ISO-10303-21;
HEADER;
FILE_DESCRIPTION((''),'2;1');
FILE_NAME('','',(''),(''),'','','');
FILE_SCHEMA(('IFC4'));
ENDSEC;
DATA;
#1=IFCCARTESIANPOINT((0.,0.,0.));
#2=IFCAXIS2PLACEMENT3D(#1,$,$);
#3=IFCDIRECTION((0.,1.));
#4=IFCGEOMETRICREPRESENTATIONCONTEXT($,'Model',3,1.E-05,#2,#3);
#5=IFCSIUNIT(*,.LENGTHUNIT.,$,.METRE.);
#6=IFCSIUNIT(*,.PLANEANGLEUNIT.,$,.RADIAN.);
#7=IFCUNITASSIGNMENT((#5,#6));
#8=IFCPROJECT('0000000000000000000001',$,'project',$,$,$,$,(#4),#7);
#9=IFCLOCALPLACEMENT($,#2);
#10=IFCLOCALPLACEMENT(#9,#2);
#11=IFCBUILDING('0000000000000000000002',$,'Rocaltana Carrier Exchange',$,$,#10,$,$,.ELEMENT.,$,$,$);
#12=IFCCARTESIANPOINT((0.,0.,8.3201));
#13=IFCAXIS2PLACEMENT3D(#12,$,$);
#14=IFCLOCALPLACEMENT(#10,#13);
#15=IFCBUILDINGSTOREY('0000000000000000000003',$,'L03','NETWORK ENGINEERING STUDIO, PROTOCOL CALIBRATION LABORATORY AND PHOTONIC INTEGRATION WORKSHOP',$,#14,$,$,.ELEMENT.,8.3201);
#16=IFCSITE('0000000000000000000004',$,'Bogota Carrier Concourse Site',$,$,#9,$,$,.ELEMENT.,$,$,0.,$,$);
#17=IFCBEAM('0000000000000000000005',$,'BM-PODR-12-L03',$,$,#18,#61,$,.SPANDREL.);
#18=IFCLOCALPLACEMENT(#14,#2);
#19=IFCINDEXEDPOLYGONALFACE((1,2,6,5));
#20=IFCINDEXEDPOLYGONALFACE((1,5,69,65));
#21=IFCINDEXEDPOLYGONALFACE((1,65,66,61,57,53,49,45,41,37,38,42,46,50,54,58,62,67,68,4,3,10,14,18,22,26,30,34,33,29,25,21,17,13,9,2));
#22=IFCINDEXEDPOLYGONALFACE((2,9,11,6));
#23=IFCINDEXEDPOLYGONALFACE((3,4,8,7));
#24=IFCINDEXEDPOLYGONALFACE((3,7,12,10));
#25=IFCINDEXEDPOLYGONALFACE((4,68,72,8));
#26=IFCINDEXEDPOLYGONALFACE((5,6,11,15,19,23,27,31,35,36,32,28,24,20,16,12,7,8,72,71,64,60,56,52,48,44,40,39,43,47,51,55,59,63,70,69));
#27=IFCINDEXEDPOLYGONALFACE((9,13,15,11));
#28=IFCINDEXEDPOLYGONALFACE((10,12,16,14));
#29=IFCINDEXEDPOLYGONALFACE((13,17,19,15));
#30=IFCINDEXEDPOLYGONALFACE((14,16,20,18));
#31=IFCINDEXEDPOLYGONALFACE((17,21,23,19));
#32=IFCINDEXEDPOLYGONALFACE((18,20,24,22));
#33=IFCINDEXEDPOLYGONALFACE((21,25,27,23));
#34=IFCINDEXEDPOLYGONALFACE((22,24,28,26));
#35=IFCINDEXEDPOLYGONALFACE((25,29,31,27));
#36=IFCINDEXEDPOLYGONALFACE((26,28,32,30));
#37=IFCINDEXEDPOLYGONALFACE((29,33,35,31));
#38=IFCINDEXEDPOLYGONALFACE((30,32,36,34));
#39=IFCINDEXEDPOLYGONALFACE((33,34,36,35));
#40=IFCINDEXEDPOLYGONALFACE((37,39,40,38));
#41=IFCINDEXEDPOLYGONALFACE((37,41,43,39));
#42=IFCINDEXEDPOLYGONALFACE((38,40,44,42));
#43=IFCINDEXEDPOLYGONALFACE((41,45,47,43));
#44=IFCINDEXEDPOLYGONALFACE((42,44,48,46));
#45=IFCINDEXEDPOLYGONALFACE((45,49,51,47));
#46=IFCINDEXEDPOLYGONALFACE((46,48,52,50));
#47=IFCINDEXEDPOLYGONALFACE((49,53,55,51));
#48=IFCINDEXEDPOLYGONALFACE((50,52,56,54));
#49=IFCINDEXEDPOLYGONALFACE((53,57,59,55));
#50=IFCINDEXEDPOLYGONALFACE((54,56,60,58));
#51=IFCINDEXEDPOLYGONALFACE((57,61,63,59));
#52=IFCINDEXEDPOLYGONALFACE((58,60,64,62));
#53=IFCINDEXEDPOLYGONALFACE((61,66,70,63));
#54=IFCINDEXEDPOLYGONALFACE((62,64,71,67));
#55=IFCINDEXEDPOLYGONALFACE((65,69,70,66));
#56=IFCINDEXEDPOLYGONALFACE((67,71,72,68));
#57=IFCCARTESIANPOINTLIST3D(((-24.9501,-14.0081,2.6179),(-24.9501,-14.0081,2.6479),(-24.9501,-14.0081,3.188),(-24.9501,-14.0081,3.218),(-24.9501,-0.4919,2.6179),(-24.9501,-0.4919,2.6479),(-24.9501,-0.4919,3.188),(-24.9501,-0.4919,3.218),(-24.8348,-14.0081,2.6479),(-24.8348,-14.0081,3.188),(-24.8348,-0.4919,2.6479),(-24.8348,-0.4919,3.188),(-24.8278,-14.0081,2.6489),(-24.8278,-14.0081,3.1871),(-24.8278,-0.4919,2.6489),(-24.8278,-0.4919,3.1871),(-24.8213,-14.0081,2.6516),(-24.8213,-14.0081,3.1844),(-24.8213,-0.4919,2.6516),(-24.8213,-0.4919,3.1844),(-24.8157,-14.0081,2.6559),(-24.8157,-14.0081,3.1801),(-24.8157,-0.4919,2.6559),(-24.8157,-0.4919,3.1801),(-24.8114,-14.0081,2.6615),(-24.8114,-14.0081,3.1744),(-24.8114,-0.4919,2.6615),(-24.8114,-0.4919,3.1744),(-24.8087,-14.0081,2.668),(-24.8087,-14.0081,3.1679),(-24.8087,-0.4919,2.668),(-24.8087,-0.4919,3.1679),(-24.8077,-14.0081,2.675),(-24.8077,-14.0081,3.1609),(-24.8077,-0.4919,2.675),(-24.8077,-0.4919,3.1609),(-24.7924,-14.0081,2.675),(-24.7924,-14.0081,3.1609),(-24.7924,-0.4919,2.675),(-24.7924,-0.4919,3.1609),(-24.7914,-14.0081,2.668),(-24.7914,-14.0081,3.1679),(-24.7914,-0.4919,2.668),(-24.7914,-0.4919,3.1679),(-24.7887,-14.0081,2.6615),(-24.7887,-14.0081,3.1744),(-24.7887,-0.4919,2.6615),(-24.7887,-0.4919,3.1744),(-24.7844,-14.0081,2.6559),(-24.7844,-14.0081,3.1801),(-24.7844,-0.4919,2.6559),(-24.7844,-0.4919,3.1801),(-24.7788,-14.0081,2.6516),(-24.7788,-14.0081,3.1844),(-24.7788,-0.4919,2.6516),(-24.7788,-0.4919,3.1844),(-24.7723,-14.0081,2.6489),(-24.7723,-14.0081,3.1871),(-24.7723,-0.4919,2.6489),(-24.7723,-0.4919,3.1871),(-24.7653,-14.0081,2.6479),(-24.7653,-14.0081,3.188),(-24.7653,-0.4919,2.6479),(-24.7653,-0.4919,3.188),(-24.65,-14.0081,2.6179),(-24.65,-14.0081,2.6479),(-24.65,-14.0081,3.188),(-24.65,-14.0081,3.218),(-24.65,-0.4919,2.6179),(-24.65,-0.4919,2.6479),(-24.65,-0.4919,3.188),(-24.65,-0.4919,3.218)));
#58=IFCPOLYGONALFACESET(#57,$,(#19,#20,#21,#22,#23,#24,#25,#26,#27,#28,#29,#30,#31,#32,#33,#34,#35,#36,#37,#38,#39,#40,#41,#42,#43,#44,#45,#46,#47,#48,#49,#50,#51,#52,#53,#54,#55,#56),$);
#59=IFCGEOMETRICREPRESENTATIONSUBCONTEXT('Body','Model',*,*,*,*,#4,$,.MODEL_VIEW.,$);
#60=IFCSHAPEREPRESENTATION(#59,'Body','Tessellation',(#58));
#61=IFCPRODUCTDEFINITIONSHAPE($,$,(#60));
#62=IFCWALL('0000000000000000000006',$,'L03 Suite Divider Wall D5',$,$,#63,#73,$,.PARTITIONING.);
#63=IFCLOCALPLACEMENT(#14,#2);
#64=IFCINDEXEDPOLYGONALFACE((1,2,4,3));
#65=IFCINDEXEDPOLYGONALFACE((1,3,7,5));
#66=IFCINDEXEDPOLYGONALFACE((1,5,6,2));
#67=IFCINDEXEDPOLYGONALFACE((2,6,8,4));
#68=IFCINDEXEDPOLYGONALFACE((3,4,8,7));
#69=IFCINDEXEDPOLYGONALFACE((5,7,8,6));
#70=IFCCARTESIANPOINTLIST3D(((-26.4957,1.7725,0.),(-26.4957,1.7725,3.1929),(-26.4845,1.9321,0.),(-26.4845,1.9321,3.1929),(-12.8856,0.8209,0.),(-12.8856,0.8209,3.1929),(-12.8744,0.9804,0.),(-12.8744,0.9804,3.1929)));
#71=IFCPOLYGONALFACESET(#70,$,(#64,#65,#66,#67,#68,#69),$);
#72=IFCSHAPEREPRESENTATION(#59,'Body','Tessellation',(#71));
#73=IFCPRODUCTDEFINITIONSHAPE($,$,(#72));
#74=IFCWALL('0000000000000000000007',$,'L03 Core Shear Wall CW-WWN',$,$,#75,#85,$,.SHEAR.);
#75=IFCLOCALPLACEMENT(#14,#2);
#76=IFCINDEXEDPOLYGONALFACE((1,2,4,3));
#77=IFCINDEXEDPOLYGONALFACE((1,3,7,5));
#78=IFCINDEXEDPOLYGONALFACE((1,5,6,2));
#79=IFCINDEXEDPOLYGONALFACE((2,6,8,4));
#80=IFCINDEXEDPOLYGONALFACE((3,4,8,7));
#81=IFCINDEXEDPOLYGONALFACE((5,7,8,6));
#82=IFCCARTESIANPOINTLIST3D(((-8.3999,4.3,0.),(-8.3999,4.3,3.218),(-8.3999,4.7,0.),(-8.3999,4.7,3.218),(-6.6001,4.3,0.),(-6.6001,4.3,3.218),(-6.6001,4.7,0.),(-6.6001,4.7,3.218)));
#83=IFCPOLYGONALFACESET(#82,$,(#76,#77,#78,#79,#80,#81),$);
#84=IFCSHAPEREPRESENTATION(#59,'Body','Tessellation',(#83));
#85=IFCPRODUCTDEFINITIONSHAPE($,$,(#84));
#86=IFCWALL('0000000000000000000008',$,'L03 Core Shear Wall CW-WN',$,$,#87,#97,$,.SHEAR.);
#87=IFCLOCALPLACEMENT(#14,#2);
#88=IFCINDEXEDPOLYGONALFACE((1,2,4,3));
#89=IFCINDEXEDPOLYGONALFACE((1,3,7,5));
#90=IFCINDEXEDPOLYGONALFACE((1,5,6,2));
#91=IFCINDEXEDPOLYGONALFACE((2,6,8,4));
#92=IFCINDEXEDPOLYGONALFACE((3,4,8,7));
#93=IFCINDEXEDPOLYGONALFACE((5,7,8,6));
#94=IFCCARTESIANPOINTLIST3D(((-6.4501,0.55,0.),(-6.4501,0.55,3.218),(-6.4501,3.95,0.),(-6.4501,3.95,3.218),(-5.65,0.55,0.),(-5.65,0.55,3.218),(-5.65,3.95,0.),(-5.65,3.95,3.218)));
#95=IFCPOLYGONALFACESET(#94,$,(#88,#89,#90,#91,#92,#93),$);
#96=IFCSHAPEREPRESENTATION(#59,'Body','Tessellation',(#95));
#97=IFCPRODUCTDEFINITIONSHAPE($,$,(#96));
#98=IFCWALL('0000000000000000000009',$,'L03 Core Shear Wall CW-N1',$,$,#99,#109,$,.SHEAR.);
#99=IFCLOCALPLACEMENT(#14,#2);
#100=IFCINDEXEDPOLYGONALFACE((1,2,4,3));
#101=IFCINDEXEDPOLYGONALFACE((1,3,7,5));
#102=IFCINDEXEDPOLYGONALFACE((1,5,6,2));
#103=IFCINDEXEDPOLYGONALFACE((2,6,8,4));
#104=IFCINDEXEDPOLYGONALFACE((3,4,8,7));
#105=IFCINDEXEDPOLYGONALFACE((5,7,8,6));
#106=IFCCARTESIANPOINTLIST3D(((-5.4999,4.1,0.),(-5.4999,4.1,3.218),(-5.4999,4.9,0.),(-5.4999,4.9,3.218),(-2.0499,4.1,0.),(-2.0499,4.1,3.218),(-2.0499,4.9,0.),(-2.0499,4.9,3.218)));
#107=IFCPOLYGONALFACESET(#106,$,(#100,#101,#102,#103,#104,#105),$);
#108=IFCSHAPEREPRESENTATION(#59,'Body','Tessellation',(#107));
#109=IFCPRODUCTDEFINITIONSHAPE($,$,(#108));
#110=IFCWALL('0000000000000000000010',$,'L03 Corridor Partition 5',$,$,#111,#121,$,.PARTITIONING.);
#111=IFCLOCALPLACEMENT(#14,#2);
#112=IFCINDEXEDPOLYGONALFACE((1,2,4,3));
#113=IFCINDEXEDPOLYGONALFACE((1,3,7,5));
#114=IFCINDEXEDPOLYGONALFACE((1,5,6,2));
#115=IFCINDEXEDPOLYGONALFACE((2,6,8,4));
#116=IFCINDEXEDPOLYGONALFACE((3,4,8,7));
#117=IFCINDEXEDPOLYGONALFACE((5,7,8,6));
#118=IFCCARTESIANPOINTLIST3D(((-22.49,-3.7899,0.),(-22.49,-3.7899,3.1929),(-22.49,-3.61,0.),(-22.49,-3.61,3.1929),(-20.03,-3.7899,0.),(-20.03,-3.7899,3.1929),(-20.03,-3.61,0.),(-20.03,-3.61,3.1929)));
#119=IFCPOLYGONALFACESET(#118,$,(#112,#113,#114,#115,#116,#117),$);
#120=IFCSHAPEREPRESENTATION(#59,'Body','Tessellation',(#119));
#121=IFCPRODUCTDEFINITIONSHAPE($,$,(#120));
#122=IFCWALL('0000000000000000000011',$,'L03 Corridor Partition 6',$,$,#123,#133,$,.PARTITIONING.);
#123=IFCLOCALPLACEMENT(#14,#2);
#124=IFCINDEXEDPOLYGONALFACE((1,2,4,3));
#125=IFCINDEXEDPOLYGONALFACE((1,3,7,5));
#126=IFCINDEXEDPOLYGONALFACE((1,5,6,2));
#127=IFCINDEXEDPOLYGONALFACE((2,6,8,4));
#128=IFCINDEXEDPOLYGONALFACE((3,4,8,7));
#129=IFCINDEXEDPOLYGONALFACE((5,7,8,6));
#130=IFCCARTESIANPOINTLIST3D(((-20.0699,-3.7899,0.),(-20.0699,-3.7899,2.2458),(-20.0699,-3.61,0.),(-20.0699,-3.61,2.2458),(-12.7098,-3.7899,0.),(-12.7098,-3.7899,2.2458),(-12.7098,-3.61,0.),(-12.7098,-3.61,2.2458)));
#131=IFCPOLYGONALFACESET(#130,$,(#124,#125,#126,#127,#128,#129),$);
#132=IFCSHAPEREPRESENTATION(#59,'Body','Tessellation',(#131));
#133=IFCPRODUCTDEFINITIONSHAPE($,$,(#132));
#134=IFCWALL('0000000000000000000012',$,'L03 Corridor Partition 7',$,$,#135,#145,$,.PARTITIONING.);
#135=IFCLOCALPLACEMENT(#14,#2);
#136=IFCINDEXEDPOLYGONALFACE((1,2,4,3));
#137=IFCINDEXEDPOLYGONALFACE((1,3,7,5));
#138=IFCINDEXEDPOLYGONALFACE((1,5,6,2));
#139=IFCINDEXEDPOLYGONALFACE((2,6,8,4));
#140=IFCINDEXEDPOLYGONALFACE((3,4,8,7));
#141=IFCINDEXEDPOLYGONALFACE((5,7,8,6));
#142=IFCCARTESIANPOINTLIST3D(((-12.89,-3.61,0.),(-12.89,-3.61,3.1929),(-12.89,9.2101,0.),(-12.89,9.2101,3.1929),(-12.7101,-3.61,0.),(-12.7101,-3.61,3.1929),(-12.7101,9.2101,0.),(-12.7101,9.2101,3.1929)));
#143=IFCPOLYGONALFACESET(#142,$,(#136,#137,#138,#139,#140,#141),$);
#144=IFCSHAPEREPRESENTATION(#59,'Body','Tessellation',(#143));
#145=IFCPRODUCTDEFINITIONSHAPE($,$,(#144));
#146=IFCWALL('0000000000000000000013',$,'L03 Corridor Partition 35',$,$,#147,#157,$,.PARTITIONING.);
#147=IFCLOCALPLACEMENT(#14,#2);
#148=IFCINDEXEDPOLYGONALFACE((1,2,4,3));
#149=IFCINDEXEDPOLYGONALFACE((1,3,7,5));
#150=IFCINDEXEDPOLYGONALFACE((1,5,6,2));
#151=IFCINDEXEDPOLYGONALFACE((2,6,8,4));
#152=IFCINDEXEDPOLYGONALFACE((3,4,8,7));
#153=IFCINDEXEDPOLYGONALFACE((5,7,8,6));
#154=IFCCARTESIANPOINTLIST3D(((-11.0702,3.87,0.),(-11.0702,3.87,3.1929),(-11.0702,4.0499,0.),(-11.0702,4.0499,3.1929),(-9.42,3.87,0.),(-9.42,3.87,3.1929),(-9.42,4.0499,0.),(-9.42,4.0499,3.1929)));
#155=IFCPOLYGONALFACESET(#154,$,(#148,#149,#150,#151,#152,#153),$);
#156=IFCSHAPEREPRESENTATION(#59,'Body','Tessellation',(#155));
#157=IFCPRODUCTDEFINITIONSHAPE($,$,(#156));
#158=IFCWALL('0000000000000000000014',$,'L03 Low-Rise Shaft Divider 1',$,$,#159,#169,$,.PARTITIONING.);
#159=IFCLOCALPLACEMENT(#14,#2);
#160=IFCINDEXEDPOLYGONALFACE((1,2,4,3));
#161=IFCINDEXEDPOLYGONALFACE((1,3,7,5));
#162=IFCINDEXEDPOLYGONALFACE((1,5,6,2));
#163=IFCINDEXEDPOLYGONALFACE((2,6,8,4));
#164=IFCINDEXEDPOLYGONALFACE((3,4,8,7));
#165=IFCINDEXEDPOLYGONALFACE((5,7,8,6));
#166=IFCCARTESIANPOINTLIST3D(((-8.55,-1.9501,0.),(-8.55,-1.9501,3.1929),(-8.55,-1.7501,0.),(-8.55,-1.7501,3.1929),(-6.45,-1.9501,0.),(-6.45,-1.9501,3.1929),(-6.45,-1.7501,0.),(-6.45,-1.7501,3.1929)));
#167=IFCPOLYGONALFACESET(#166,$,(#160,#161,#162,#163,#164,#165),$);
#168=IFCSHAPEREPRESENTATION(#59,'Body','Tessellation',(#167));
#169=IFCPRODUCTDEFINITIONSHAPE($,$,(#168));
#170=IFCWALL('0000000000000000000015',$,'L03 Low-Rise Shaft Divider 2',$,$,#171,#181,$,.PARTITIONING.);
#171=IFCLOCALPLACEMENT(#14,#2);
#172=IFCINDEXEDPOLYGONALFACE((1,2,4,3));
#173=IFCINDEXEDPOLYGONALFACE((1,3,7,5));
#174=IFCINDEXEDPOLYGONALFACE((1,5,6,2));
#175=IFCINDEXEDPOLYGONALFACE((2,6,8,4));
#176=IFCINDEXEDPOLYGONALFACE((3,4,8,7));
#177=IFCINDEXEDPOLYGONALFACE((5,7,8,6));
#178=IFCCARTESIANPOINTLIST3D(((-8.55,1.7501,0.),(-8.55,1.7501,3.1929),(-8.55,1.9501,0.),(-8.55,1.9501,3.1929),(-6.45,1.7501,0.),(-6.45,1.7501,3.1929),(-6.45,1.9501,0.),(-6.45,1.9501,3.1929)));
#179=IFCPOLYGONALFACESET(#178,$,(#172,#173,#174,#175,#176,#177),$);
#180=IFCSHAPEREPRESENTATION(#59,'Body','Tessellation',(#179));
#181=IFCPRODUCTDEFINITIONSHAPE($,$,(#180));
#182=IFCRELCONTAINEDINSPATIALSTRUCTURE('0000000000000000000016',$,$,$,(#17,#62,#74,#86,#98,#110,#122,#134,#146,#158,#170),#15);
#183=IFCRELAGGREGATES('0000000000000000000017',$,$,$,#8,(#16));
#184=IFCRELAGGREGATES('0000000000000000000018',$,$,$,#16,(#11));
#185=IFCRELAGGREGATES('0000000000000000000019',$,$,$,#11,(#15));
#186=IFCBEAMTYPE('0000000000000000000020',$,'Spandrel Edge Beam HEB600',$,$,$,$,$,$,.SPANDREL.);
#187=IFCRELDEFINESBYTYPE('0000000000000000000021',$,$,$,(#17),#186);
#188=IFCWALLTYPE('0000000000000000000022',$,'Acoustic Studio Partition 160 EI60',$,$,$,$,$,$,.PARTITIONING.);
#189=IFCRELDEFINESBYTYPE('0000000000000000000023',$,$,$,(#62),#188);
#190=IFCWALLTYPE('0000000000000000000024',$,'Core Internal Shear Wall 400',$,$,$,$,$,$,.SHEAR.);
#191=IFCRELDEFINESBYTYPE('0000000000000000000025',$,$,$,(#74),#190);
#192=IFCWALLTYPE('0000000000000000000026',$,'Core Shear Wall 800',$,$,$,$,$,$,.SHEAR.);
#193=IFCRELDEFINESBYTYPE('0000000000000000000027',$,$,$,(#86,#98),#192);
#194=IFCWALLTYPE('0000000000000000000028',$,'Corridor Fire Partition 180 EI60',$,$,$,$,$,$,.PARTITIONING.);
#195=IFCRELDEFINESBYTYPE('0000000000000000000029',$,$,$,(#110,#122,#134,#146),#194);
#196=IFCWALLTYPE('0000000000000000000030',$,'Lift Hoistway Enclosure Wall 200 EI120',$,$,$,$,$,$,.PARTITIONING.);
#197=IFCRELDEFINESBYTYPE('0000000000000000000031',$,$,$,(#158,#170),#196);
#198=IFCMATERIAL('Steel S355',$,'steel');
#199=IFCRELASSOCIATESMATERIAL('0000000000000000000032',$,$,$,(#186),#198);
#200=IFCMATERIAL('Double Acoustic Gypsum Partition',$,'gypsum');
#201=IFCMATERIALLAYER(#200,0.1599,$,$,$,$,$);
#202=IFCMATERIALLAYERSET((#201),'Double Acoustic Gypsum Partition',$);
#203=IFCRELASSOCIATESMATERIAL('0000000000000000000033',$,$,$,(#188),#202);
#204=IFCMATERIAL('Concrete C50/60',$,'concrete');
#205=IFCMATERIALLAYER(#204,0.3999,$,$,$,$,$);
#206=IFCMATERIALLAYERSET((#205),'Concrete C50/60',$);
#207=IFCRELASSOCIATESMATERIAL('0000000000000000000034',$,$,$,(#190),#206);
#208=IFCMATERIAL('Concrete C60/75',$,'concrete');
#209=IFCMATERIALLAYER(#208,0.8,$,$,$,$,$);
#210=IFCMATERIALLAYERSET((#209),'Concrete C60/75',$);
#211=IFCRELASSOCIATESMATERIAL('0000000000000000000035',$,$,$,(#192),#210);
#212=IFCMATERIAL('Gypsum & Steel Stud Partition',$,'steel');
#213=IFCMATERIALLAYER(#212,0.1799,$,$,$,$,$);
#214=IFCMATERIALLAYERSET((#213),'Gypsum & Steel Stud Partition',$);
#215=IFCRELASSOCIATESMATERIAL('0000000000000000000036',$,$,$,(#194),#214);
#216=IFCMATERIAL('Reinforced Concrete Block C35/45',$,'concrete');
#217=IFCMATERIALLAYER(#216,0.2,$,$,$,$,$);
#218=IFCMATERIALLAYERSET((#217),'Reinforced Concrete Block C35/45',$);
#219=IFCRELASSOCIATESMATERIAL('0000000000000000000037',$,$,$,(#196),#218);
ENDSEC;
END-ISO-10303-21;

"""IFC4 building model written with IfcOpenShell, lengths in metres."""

from ifc_helpers import new_model, si_unit, direction, frame, frame_2d, origin, origin_2d, place, context, subcontext, project, spatial, rectangle, i_section, extrude, material, layer, layer_set, material_profile, profile_set, type_object, element, save


model = new_model("IFC4")

# Units and contexts
model_context = context("Model", 3, precision=1e-05, world=origin(), true_north=direction((0.0, 1.0)))
body_context = subcontext(model_context, "Body", "Model", "MODEL_VIEW")
ifc_project = project(units=[si_unit("LENGTHUNIT", "METRE"), si_unit("PLANEANGLEUNIT", "RADIAN")], contexts=[model_context])

# Site, building, storey
site_placement = place(None, origin())
site = spatial("IfcSite", under=ifc_project, at=site_placement, Name="Bogota Carrier Concourse Site", CompositionType="ELEMENT", RefElevation=0.0)
building_placement = place(site_placement, origin())
building = spatial("IfcBuilding", under=site, at=building_placement, Name="Rocaltana Carrier Exchange", CompositionType="ELEMENT")
storey_placement = place(building_placement, frame((0.0, 0.0, 8.3201)))
storey = spatial("IfcBuildingStorey", under=building, at=storey_placement, Name="L03", Description="NETWORK ENGINEERING STUDIO, PROTOCOL CALIBRATION LABORATORY AND PHOTONIC INTEGRATION WORKSHOP", CompositionType="ELEMENT", Elevation=8.3201)

# Beam
ifc_material_1 = material(Name="Steel S355", Category="steel")
ifc_material_profile_1 = material_profile(ifc_material_1, i_section(OverallWidth=0.3, OverallDepth=0.6001, WebThickness=0.0154, FlangeThickness=0.03, FilletRadius=0.0271, at=origin_2d()), Name="HEB600")
ifc_profile_set_1 = profile_set([ifc_material_profile_1], Name="Steel S355")
beam_type_1 = type_object("IfcBeamType", Name="Spandrel Edge Beam HEB600", PredefinedType="SPANDREL", material=ifc_profile_set_1)
beam_1_placement = place(storey_placement, frame((-24.8, -0.4919, 2.918), z_axis=(0.0, -1.0, 0.0), x_axis=(1.0, 0.0, 0.0)))
element("IfcBeam", 1, at=beam_1_placement, inside=storey, type_object=beam_type_1, Name="BM-PODR-12-L03", PredefinedType="SPANDREL", context=body_context, shape_type="SweptSolid", body=[
    extrude(i_section(OverallWidth=0.3, OverallDepth=0.6001, WebThickness=0.0154, FlangeThickness=0.03, FilletRadius=0.0271, at=origin_2d()), origin(), (0.0, 0.0, 1.0), 13.5161),
])

# Walls
ifc_material_2 = material(Name="Double Acoustic Gypsum Partition", Category="gypsum")
ifc_layer_1 = layer(ifc_material_2, 0.1599)
ifc_layer_set_1 = layer_set([ifc_layer_1], Name="Double Acoustic Gypsum Partition")
wall_type_1 = type_object("IfcWallType", Name="Acoustic Studio Partition 160 EI60", PredefinedType="PARTITIONING", material=ifc_layer_set_1)
wall_1_placement = place(storey_placement, frame((-12.8799, 0.9006, 0.0), z_axis=(0.0, 0.0, 1.0), x_axis=(-0.997564, 0.069753, 0.0)))
element("IfcWall", 2, at=wall_1_placement, inside=storey, type_object=wall_type_1, Name="L03 Suite Divider Wall D5", PredefinedType="PARTITIONING", context=body_context, shape_type="SweptSolid", body=[
    extrude(rectangle(XDim=13.6433, YDim=0.1599, at=frame_2d((6.8218, 0.0))), origin(), (0.0, 0.0, 1.0), 3.1929),
])
ifc_material_3 = material(Name="Concrete C50/60", Category="concrete")
ifc_layer_2 = layer(ifc_material_3, 0.3999)
ifc_layer_set_2 = layer_set([ifc_layer_2], Name="Concrete C50/60")
wall_type_2 = type_object("IfcWallType", Name="Core Internal Shear Wall 400", PredefinedType="SHEAR", material=ifc_layer_set_2)
wall_2_placement = place(storey_placement, frame((-8.3999, 4.5, 0.0), z_axis=(0.0, 0.0, 1.0), x_axis=(1.0, 0.0, 0.0)))
element("IfcWall", 3, at=wall_2_placement, inside=storey, type_object=wall_type_2, Name="L03 Core Shear Wall CW-WWN", PredefinedType="SHEAR", context=body_context, shape_type="SweptSolid", body=[
    extrude(rectangle(XDim=1.7998, YDim=0.3999, at=frame_2d((0.8999, 0.0))), origin(), (0.0, 0.0, 1.0), 3.218),
])
ifc_material_4 = material(Name="Concrete C60/75", Category="concrete")
ifc_layer_3 = layer(ifc_material_4, 0.8)
ifc_layer_set_3 = layer_set([ifc_layer_3], Name="Concrete C60/75")
wall_type_3 = type_object("IfcWallType", Name="Core Shear Wall 800", PredefinedType="SHEAR", material=ifc_layer_set_3)
wall_3_placement = place(storey_placement, frame((-6.05, 0.55, 0.0), z_axis=(0.0, 0.0, 1.0), x_axis=(0.0, 1.0, 0.0)))
element("IfcWall", 4, at=wall_3_placement, inside=storey, type_object=wall_type_3, Name="L03 Core Shear Wall CW-WN", PredefinedType="SHEAR", context=body_context, shape_type="SweptSolid", body=[
    extrude(rectangle(XDim=3.3999, YDim=0.8, at=frame_2d((1.7, 0.0))), origin(), (0.0, 0.0, 1.0), 3.218),
])
wall_4_placement = place(storey_placement, frame((-5.5, 4.5, 0.0), z_axis=(0.0, 0.0, 1.0), x_axis=(1.0, 0.0, 0.0)))
element("IfcWall", 5, at=wall_4_placement, inside=storey, type_object=wall_type_3, Name="L03 Core Shear Wall CW-N1", PredefinedType="SHEAR", context=body_context, shape_type="SweptSolid", body=[
    extrude(rectangle(XDim=3.45, YDim=0.8, at=frame_2d((1.7251, 0.0))), origin(), (0.0, 0.0, 1.0), 3.218),
])
ifc_material_5 = material(Name="Gypsum & Steel Stud Partition", Category="steel")
ifc_layer_4 = layer(ifc_material_5, 0.1799)
ifc_layer_set_4 = layer_set([ifc_layer_4], Name="Gypsum & Steel Stud Partition")
wall_type_4 = type_object("IfcWallType", Name="Corridor Fire Partition 180 EI60", PredefinedType="PARTITIONING", material=ifc_layer_set_4)
wall_5_placement = place(storey_placement, frame((-22.49, -3.7, 0.0), z_axis=(0.0, 0.0, 1.0), x_axis=(1.0, 0.0, 0.0)))
element("IfcWall", 6, at=wall_5_placement, inside=storey, type_object=wall_type_4, Name="L03 Corridor Partition 5", PredefinedType="PARTITIONING", context=body_context, shape_type="SweptSolid", body=[
    extrude(rectangle(XDim=2.46, YDim=0.1799, at=frame_2d((1.23, 0.0))), origin(), (0.0, 0.0, 1.0), 3.1929),
])
wall_6_placement = place(storey_placement, frame((-20.0701, -3.7, 0.0), z_axis=(0.0, 0.0, 1.0), x_axis=(1.0, 0.0, 0.0)))
element("IfcWall", 7, at=wall_6_placement, inside=storey, type_object=wall_type_4, Name="L03 Corridor Partition 6", PredefinedType="PARTITIONING", context=body_context, shape_type="SweptSolid", body=[
    extrude(rectangle(XDim=7.3601, YDim=0.1799, at=frame_2d((3.6802, 0.0))), origin(), (0.0, 0.0, 1.0), 2.2458),
])
wall_7_placement = place(storey_placement, frame((-12.8, -3.6101, 0.0), z_axis=(0.0, 0.0, 1.0), x_axis=(0.0, 1.0, 0.0)))
element("IfcWall", 8, at=wall_7_placement, inside=storey, type_object=wall_type_4, Name="L03 Corridor Partition 7", PredefinedType="PARTITIONING", context=body_context, shape_type="SweptSolid", body=[
    extrude(rectangle(XDim=12.8201, YDim=0.1799, at=frame_2d((6.4102, 0.0))), origin(), (0.0, 0.0, 1.0), 3.1929),
])
wall_8_placement = place(storey_placement, frame((-9.4199, 3.96, 0.0), z_axis=(0.0, 0.0, 1.0), x_axis=(-1.0, 0.0, 0.0)))
element("IfcWall", 9, at=wall_8_placement, inside=storey, type_object=wall_type_4, Name="L03 Corridor Partition 35", PredefinedType="PARTITIONING", context=body_context, shape_type="SweptSolid", body=[
    extrude(rectangle(XDim=1.6501, YDim=0.1799, at=frame_2d((0.8252, 0.0))), origin(), (0.0, 0.0, 1.0), 3.1929),
])
ifc_material_6 = material(Name="Reinforced Concrete Block C35/45", Category="concrete")
ifc_layer_5 = layer(ifc_material_6, 0.2)
ifc_layer_set_5 = layer_set([ifc_layer_5], Name="Reinforced Concrete Block C35/45")
wall_type_5 = type_object("IfcWallType", Name="Lift Hoistway Enclosure Wall 200 EI120", PredefinedType="PARTITIONING", material=ifc_layer_set_5)
for number, where, z_axis, x_axis, name in (
    (10, (-8.55, -1.8501, 0.0), (0.0, 0.0, 1.0), (1.0, 0.0, 0.0), "L03 Low-Rise Shaft Divider 1"),
    (11, (-8.55, 1.8501, 0.0), (0.0, 0.0, 1.0), (1.0, 0.0, 0.0), "L03 Low-Rise Shaft Divider 2"),
):
    element("IfcWall", number, at=place(storey_placement, frame(where, z_axis=z_axis, x_axis=x_axis)), inside=storey, type_object=wall_type_5, Name=name, PredefinedType="PARTITIONING", context=body_context, shape_type="SweptSolid", body=[
        extrude(rectangle(XDim=2.1001, YDim=0.2, at=frame_2d((1.05, 0.0))), origin(), (0.0, 0.0, 1.0), 3.1929),
    ])

save(model, "model.ifc")
